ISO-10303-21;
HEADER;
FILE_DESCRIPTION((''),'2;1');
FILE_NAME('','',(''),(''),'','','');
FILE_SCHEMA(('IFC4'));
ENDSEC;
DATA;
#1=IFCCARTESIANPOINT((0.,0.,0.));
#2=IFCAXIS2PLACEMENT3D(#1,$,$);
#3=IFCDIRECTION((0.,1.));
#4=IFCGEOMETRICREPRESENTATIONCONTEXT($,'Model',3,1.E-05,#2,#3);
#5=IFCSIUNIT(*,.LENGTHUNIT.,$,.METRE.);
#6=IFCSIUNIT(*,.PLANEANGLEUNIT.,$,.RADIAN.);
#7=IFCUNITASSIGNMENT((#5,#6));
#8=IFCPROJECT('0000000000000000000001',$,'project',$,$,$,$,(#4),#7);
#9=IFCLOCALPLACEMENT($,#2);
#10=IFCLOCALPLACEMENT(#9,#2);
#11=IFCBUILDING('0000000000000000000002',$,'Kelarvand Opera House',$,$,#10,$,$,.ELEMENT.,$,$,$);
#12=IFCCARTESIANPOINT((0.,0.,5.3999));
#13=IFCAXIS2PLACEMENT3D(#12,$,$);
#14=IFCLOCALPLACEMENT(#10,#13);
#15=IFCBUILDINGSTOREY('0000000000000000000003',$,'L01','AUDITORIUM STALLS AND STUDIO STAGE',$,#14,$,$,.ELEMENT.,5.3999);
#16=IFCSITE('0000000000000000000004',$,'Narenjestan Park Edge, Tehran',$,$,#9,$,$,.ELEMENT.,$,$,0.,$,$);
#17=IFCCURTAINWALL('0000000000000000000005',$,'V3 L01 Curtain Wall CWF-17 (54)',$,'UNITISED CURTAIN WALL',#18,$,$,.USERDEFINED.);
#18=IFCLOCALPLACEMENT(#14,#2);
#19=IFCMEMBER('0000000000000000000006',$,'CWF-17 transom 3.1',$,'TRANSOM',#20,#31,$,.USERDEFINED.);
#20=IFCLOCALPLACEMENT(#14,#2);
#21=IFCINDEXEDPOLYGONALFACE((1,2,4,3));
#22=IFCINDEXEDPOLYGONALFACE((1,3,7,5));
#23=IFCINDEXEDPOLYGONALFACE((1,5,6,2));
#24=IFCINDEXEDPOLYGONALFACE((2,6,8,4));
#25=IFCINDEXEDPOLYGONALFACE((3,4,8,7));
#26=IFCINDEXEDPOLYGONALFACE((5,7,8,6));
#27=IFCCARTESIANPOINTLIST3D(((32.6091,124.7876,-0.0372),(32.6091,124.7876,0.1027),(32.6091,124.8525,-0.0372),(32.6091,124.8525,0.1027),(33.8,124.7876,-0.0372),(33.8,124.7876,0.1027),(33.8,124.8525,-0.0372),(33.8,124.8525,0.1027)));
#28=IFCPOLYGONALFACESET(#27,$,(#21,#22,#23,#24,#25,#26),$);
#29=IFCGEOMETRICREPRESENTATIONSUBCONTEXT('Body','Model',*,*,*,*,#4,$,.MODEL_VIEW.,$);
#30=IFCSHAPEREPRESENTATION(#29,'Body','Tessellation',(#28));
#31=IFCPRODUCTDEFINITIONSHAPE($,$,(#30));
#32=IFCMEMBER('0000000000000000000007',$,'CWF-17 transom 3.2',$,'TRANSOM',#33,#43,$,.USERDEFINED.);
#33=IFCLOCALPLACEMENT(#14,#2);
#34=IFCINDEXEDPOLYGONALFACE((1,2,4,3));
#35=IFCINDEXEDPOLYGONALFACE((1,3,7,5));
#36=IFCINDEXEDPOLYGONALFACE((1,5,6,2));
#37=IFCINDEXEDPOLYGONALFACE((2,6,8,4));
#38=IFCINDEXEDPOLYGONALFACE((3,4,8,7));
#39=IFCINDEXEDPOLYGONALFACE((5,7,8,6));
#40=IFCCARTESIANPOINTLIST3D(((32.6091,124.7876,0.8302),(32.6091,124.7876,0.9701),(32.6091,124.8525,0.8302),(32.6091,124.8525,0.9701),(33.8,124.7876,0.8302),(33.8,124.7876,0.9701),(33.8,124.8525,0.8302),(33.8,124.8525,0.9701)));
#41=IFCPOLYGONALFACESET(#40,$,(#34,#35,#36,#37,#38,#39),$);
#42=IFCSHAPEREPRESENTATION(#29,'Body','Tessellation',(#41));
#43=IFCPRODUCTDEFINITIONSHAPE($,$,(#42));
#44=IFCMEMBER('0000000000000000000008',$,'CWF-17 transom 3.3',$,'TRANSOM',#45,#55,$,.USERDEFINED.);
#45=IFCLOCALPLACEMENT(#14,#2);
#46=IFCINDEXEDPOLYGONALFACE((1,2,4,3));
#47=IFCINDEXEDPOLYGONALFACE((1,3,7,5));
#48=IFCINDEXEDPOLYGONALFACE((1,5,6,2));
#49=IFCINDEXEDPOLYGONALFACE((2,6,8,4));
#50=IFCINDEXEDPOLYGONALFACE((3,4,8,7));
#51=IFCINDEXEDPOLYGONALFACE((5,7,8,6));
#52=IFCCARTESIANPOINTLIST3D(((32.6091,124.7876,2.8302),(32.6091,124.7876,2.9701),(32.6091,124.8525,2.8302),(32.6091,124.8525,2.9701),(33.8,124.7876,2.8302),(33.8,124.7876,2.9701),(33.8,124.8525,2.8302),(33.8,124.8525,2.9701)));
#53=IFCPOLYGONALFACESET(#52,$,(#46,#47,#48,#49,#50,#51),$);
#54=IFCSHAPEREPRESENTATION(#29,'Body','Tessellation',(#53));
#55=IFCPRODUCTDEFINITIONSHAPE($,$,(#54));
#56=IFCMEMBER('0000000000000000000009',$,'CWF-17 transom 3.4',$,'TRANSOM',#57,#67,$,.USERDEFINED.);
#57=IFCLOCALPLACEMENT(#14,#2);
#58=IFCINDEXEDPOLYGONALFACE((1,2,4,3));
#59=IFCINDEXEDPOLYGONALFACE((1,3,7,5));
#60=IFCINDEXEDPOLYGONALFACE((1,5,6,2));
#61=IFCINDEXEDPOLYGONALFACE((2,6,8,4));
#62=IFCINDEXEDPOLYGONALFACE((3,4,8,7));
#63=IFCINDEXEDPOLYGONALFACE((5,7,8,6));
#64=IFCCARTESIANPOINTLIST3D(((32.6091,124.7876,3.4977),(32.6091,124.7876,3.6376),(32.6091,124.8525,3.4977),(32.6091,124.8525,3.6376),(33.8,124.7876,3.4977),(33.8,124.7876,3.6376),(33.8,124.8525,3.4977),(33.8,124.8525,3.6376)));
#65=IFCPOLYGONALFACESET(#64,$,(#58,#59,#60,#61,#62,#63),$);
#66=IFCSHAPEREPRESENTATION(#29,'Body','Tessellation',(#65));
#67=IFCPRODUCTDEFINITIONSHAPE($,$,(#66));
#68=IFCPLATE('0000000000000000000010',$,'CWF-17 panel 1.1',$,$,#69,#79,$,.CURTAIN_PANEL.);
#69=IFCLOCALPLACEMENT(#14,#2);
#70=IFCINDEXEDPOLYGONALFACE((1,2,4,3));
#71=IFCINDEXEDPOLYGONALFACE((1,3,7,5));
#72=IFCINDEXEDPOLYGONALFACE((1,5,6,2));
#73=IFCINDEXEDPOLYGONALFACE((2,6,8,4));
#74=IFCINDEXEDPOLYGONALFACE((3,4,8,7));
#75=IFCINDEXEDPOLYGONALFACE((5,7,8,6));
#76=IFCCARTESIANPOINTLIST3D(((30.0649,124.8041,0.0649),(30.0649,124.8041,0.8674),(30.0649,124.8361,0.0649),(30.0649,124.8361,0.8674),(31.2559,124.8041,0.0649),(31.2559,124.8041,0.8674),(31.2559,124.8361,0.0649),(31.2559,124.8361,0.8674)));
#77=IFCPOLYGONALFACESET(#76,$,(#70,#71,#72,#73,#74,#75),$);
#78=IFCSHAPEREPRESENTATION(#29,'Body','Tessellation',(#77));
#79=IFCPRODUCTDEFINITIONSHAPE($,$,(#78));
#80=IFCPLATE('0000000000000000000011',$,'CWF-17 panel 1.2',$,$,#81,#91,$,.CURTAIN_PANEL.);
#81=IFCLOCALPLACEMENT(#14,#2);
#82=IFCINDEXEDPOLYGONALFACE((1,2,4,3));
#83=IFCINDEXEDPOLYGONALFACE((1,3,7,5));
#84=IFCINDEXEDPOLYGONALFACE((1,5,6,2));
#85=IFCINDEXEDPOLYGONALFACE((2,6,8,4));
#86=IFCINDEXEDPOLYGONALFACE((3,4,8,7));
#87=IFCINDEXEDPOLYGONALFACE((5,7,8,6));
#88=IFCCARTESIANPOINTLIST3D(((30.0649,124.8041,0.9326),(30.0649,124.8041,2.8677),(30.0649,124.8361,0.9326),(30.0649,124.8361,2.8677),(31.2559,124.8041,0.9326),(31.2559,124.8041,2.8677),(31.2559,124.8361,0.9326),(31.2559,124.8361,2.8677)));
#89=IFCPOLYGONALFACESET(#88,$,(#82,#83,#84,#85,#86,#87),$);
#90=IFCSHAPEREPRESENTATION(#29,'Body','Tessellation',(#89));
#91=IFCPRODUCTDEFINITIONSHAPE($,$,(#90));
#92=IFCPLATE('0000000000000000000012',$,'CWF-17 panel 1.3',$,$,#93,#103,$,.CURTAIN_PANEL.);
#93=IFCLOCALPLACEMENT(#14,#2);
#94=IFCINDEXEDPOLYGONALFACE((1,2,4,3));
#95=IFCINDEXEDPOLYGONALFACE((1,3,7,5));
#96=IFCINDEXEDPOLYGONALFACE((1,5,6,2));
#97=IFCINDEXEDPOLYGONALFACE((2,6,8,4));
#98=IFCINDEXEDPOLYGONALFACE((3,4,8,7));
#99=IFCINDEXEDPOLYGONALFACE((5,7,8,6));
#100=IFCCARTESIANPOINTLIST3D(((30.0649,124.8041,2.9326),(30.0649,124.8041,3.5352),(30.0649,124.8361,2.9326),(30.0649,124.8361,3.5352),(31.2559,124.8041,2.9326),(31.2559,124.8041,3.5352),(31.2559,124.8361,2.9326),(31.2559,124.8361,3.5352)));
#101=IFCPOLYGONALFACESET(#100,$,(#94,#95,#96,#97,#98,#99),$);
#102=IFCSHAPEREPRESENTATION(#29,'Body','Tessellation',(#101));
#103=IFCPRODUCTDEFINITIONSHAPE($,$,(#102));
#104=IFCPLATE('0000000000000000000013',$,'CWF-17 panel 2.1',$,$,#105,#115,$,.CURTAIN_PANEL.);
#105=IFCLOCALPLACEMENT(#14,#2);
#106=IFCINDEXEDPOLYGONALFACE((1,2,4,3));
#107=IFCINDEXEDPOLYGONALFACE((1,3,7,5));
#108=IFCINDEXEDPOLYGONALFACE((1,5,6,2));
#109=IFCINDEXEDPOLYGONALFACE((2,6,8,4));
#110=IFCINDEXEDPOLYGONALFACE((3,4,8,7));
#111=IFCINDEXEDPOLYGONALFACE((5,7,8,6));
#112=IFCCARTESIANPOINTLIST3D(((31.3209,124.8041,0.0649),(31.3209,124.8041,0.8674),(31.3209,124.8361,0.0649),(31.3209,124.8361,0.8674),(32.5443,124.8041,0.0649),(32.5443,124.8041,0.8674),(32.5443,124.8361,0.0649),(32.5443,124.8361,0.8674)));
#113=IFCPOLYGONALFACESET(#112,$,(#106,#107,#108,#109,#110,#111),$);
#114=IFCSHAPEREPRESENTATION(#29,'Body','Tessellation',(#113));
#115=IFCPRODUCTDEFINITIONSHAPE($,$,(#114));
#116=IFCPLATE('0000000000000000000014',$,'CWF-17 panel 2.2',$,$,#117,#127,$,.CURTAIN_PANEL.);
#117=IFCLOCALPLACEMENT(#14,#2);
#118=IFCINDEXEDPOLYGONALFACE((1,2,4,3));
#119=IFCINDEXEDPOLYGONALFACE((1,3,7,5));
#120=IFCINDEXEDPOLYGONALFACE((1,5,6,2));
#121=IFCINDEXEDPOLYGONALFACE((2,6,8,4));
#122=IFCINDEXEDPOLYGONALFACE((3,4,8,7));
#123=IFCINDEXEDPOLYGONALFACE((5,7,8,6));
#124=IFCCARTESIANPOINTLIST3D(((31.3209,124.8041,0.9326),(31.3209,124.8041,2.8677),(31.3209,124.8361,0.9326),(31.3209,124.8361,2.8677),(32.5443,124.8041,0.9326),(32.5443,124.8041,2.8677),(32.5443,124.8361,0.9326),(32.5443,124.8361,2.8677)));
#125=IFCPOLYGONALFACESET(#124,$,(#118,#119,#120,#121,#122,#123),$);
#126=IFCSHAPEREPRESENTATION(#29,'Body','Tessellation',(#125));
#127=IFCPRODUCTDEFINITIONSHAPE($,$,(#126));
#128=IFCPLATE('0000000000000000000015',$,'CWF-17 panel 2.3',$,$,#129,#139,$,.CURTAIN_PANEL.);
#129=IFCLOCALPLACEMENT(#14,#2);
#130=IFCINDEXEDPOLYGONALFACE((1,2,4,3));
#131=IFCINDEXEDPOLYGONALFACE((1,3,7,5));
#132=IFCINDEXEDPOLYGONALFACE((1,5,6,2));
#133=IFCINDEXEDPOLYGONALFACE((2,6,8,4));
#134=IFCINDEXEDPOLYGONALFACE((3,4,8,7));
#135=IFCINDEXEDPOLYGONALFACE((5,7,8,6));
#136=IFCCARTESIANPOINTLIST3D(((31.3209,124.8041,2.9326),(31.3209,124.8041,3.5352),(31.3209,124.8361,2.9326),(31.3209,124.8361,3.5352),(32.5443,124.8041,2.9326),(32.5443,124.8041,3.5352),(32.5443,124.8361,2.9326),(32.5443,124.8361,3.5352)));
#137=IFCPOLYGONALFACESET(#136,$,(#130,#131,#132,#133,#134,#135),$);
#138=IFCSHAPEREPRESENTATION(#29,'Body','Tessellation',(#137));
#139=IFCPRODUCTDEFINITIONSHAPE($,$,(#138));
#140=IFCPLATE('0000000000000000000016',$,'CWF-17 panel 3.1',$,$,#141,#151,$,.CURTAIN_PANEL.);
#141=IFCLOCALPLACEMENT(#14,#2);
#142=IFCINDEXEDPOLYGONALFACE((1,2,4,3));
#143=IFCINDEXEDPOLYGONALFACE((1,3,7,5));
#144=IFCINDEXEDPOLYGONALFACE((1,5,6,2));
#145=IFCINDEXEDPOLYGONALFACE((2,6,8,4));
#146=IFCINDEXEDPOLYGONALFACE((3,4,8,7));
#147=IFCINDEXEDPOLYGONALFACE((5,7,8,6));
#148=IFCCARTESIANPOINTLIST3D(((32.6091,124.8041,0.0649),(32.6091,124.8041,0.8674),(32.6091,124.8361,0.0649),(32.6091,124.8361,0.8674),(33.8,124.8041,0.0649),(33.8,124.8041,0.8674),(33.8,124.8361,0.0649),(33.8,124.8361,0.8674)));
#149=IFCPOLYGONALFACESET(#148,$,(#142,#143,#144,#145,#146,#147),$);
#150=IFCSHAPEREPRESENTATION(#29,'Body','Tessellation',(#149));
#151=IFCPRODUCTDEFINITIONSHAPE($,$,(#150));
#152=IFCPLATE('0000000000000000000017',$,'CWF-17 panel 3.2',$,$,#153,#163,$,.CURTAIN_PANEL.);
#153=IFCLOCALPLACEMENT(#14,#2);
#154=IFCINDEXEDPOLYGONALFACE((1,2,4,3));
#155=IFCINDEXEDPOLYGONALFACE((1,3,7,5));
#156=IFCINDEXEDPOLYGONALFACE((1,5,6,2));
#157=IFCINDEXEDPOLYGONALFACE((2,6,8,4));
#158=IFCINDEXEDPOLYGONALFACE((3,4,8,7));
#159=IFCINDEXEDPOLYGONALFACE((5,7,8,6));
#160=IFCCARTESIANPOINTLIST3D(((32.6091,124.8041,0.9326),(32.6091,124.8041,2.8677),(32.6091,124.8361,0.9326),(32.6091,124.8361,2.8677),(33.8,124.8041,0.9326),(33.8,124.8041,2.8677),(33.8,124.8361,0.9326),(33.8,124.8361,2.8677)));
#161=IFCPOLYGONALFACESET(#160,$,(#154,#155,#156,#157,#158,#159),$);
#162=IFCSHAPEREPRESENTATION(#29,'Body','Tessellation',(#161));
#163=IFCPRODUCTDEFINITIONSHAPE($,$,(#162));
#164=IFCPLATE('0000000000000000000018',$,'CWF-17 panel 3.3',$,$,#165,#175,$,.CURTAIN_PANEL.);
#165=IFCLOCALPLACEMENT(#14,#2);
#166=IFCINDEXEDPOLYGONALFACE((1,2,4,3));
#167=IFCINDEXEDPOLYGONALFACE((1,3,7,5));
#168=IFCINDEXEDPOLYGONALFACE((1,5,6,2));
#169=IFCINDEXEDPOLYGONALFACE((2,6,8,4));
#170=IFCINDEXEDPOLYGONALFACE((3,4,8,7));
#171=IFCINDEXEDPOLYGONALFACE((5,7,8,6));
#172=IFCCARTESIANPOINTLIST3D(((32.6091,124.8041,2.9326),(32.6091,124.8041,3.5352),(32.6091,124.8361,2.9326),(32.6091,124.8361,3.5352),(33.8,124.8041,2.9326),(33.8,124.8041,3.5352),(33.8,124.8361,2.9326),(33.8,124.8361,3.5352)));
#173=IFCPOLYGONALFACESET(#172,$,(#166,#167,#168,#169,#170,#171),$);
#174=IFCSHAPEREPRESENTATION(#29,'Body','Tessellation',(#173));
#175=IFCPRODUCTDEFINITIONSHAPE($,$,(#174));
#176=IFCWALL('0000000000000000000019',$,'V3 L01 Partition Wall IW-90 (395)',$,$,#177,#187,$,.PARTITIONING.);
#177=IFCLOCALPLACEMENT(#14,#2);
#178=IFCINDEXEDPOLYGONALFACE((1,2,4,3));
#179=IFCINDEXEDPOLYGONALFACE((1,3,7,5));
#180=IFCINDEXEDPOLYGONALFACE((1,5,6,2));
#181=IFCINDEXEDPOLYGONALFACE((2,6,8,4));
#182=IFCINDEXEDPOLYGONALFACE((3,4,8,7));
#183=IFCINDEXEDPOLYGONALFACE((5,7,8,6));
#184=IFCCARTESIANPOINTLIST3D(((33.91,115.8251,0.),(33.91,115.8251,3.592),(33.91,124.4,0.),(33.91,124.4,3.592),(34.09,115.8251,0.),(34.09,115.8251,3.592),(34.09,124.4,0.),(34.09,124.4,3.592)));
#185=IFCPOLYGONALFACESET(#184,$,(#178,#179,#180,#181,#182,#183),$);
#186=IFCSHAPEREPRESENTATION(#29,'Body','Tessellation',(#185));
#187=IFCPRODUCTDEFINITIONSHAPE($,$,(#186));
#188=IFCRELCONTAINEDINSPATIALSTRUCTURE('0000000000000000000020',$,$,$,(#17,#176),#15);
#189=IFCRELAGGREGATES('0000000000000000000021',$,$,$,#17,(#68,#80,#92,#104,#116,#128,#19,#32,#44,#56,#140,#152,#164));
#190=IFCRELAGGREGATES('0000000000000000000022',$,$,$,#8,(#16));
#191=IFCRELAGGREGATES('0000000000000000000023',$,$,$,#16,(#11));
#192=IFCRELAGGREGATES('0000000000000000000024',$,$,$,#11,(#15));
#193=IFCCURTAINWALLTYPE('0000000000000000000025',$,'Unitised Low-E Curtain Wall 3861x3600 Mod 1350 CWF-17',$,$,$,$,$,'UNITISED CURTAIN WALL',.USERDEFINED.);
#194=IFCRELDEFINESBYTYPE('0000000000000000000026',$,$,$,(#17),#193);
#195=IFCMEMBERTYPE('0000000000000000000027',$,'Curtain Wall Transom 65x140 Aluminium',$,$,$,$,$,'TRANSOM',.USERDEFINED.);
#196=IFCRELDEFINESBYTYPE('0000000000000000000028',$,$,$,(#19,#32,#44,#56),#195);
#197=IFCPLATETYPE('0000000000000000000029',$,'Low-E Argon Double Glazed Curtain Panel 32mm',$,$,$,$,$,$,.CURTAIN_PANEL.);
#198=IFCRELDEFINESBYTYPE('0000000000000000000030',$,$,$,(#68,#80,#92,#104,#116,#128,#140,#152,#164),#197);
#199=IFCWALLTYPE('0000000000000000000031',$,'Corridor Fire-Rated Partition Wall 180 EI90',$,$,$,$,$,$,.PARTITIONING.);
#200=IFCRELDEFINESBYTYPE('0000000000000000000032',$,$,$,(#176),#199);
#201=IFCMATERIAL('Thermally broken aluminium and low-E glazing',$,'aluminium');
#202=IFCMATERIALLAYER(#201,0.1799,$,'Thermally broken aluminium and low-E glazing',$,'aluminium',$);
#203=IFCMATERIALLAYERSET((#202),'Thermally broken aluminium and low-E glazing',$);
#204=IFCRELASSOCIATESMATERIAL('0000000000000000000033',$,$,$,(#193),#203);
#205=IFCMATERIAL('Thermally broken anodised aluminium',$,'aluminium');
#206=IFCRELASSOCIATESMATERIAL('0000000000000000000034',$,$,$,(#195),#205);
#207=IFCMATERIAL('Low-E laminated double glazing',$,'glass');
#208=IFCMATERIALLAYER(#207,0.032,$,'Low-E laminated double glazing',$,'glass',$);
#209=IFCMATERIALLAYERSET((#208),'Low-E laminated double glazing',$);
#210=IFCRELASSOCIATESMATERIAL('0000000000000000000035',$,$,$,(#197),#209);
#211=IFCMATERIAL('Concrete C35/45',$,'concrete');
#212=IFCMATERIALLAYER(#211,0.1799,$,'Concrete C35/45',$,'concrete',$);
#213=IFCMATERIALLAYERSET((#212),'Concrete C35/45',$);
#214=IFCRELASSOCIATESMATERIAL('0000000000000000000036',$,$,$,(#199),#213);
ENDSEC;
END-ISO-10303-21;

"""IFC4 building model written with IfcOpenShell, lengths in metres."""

from ifc_helpers import new_model, si_unit, direction, frame, frame_2d, origin, origin_2d, place, context, subcontext, project, spatial, rectangle, extrude, material, layer, layer_set, material_profile, profile_set, type_object, element, aggregate, save


model = new_model("IFC4")

# Units and contexts
model_context = context("Model", 3, precision=1e-05, world=origin(), true_north=direction((0.0, 1.0)))
body_context = subcontext(model_context, "Body", "Model", "MODEL_VIEW")
ifc_project = project(units=[si_unit("LENGTHUNIT", "METRE"), si_unit("PLANEANGLEUNIT", "RADIAN")], contexts=[model_context])

# Site, building, storey
site_placement = place(None, origin())
site = spatial("IfcSite", under=ifc_project, at=site_placement, Name="Narenjestan Park Edge, Tehran", CompositionType="ELEMENT", RefElevation=0.0)
building_placement = place(site_placement, origin())
building = spatial("IfcBuilding", under=site, at=building_placement, Name="Kelarvand Opera House", CompositionType="ELEMENT")
storey_placement = place(building_placement, frame((0.0, 0.0, 5.3999)))
storey = spatial("IfcBuildingStorey", under=building, at=storey_placement, Name="L01", Description="AUDITORIUM STALLS AND STUDIO STAGE", CompositionType="ELEMENT", Elevation=5.3999)

# Shared definitions
ifc_material_1 = material(Name="Thermally broken aluminium and low-E glazing", Category="aluminium")
ifc_layer_1 = layer(ifc_material_1, 0.1799, Name="Thermally broken aluminium and low-E glazing", Category="aluminium")
ifc_layer_set_1 = layer_set([ifc_layer_1], Name="Thermally broken aluminium and low-E glazing")
curtain_wall_type = type_object("IfcCurtainWallType", Name="Unitised Low-E Curtain Wall 3861x3600 Mod 1350 CWF-17", ElementType="UNITISED CURTAIN WALL", PredefinedType="USERDEFINED", material=ifc_layer_set_1)
ifc_material_2 = material(Name="Thermally broken anodised aluminium", Category="aluminium")

# Curtain wall, members, plates
curtain_wall_1_placement = place(storey_placement, origin())
curtain_wall_1 = element("IfcCurtainWall", 1, at=curtain_wall_1_placement, inside=storey, type_object=curtain_wall_type, Name="V3 L01 Curtain Wall CWF-17 (54)", ObjectType="UNITISED CURTAIN WALL", PredefinedType="USERDEFINED")
ifc_material_profile_1 = material_profile(ifc_material_2, rectangle(XDim=0.0649, YDim=0.1399, at=origin_2d()), Name="ALU TRANSOM 65x140", Category="aluminium")
ifc_profile_set_1 = profile_set([ifc_material_profile_1], Name="Thermally broken anodised aluminium")
member_type_1 = type_object("IfcMemberType", Name="Curtain Wall Transom 65x140 Aluminium", ElementType="TRANSOM", PredefinedType="USERDEFINED", material=ifc_profile_set_1)
member_1_placement = place(storey_placement, frame((32.6091, 124.8201, 0.0327), z_axis=(1.0, 0.0, 0.0), x_axis=(0.0, 1.0, 0.0)))
member_1 = element("IfcMember", 2, at=member_1_placement, type_object=member_type_1, Name="CWF-17 transom 3.1", ObjectType="TRANSOM", PredefinedType="USERDEFINED", context=body_context, shape_type="SweptSolid", body=[
    extrude(rectangle(XDim=0.0649, YDim=0.1399, at=origin_2d()), origin(), (0.0, 0.0, 1.0), 1.1909),
])
member_2_placement = place(storey_placement, frame((32.6091, 124.8201, 0.9001), z_axis=(1.0, 0.0, 0.0), x_axis=(0.0, 1.0, 0.0)))
member_2 = element("IfcMember", 3, at=member_2_placement, type_object=member_type_1, Name="CWF-17 transom 3.2", ObjectType="TRANSOM", PredefinedType="USERDEFINED", context=body_context, shape_type="SweptSolid", body=[
    extrude(rectangle(XDim=0.0649, YDim=0.1399, at=origin_2d()), origin(), (0.0, 0.0, 1.0), 1.1909),
])
member_3_placement = place(storey_placement, frame((32.6091, 124.8201, 2.9001), z_axis=(1.0, 0.0, 0.0), x_axis=(0.0, 1.0, 0.0)))
member_3 = element("IfcMember", 4, at=member_3_placement, type_object=member_type_1, Name="CWF-17 transom 3.3", ObjectType="TRANSOM", PredefinedType="USERDEFINED", context=body_context, shape_type="SweptSolid", body=[
    extrude(rectangle(XDim=0.0649, YDim=0.1399, at=origin_2d()), origin(), (0.0, 0.0, 1.0), 1.1909),
])
member_4_placement = place(storey_placement, frame((32.6091, 124.8201, 3.5676), z_axis=(1.0, 0.0, 0.0), x_axis=(0.0, 1.0, 0.0)))
member_4 = element("IfcMember", 5, at=member_4_placement, type_object=member_type_1, Name="CWF-17 transom 3.4", ObjectType="TRANSOM", PredefinedType="USERDEFINED", context=body_context, shape_type="SweptSolid", body=[
    extrude(rectangle(XDim=0.0649, YDim=0.1399, at=origin_2d()), origin(), (0.0, 0.0, 1.0), 1.1909),
])
ifc_material_3 = material(Name="Low-E laminated double glazing", Category="glass")
ifc_layer_2 = layer(ifc_material_3, 0.032, Name="Low-E laminated double glazing", Category="glass")
ifc_layer_set_2 = layer_set([ifc_layer_2], Name="Low-E laminated double glazing")
plate_type = type_object("IfcPlateType", Name="Low-E Argon Double Glazed Curtain Panel 32mm", PredefinedType="CURTAIN_PANEL", material=ifc_layer_set_2)
plate_1_placement = place(storey_placement, frame((30.6604, 124.8201, 0.0649), z_axis=(0.0, 0.0, 1.0), x_axis=(1.0, 0.0, 0.0)))
plate_1 = element("IfcPlate", 6, at=plate_1_placement, type_object=plate_type, Name="CWF-17 panel 1.1", PredefinedType="CURTAIN_PANEL", context=body_context, shape_type="SweptSolid", body=[
    extrude(rectangle(XDim=1.1909, YDim=0.032, at=origin_2d()), origin(), (0.0, 0.0, 1.0), 0.8025),
])
plate_2_placement = place(storey_placement, frame((30.6604, 124.8201, 0.9326), z_axis=(0.0, 0.0, 1.0), x_axis=(1.0, 0.0, 0.0)))
plate_2 = element("IfcPlate", 7, at=plate_2_placement, type_object=plate_type, Name="CWF-17 panel 1.2", PredefinedType="CURTAIN_PANEL", context=body_context, shape_type="SweptSolid", body=[
    extrude(rectangle(XDim=1.1909, YDim=0.032, at=origin_2d()), origin(), (0.0, 0.0, 1.0), 1.9351),
])
plate_3_placement = place(storey_placement, frame((30.6604, 124.8201, 2.9326), z_axis=(0.0, 0.0, 1.0), x_axis=(1.0, 0.0, 0.0)))
plate_3 = element("IfcPlate", 8, at=plate_3_placement, type_object=plate_type, Name="CWF-17 panel 1.3", PredefinedType="CURTAIN_PANEL", context=body_context, shape_type="SweptSolid", body=[
    extrude(rectangle(XDim=1.1909, YDim=0.032, at=origin_2d()), origin(), (0.0, 0.0, 1.0), 0.6025),
])
plate_4_placement = place(storey_placement, frame((31.9326, 124.8201, 0.0649), z_axis=(0.0, 0.0, 1.0), x_axis=(1.0, 0.0, 0.0)))
plate_4 = element("IfcPlate", 9, at=plate_4_placement, type_object=plate_type, Name="CWF-17 panel 2.1", PredefinedType="CURTAIN_PANEL", context=body_context, shape_type="SweptSolid", body=[
    extrude(rectangle(XDim=1.2234, YDim=0.032, at=origin_2d()), origin(), (0.0, 0.0, 1.0), 0.8025),
])
plate_5_placement = place(storey_placement, frame((31.9326, 124.8201, 0.9326), z_axis=(0.0, 0.0, 1.0), x_axis=(1.0, 0.0, 0.0)))
plate_5 = element("IfcPlate", 10, at=plate_5_placement, type_object=plate_type, Name="CWF-17 panel 2.2", PredefinedType="CURTAIN_PANEL", context=body_context, shape_type="SweptSolid", body=[
    extrude(rectangle(XDim=1.2234, YDim=0.032, at=origin_2d()), origin(), (0.0, 0.0, 1.0), 1.9351),
])
plate_6_placement = place(storey_placement, frame((31.9326, 124.8201, 2.9326), z_axis=(0.0, 0.0, 1.0), x_axis=(1.0, 0.0, 0.0)))
plate_6 = element("IfcPlate", 11, at=plate_6_placement, type_object=plate_type, Name="CWF-17 panel 2.3", PredefinedType="CURTAIN_PANEL", context=body_context, shape_type="SweptSolid", body=[
    extrude(rectangle(XDim=1.2234, YDim=0.032, at=origin_2d()), origin(), (0.0, 0.0, 1.0), 0.6025),
])
plate_7_placement = place(storey_placement, frame((33.2046, 124.8201, 0.0649), z_axis=(0.0, 0.0, 1.0), x_axis=(1.0, 0.0, 0.0)))
plate_7 = element("IfcPlate", 12, at=plate_7_placement, type_object=plate_type, Name="CWF-17 panel 3.1", PredefinedType="CURTAIN_PANEL", context=body_context, shape_type="SweptSolid", body=[
    extrude(rectangle(XDim=1.1909, YDim=0.032, at=origin_2d()), origin(), (0.0, 0.0, 1.0), 0.8025),
])
plate_8_placement = place(storey_placement, frame((33.2046, 124.8201, 0.9326), z_axis=(0.0, 0.0, 1.0), x_axis=(1.0, 0.0, 0.0)))
plate_8 = element("IfcPlate", 13, at=plate_8_placement, type_object=plate_type, Name="CWF-17 panel 3.2", PredefinedType="CURTAIN_PANEL", context=body_context, shape_type="SweptSolid", body=[
    extrude(rectangle(XDim=1.1909, YDim=0.032, at=origin_2d()), origin(), (0.0, 0.0, 1.0), 1.9351),
])
plate_9_placement = place(storey_placement, frame((33.2046, 124.8201, 2.9326), z_axis=(0.0, 0.0, 1.0), x_axis=(1.0, 0.0, 0.0)))
plate_9 = element("IfcPlate", 14, at=plate_9_placement, type_object=plate_type, Name="CWF-17 panel 3.3", PredefinedType="CURTAIN_PANEL", context=body_context, shape_type="SweptSolid", body=[
    extrude(rectangle(XDim=1.1909, YDim=0.032, at=origin_2d()), origin(), (0.0, 0.0, 1.0), 0.6025),
])
aggregate(curtain_wall_1, [plate_1, plate_2, plate_3, plate_4, plate_5, plate_6, member_1, member_2, member_3, member_4, plate_7, plate_8, plate_9])

# Wall
ifc_material_4 = material(Name="Concrete C35/45", Category="concrete")
ifc_layer_3 = layer(ifc_material_4, 0.1799, Name="Concrete C35/45", Category="concrete")
ifc_layer_set_3 = layer_set([ifc_layer_3], Name="Concrete C35/45")
wall_type = type_object("IfcWallType", Name="Corridor Fire-Rated Partition Wall 180 EI90", PredefinedType="PARTITIONING", material=ifc_layer_set_3)
wall_placement = place(storey_placement, frame((34.0, 115.825, 0.0), z_axis=(0.0, 0.0, 1.0), x_axis=(0.0, 1.0, 0.0)))
element("IfcWall", 15, at=wall_placement, inside=storey, type_object=wall_type, Name="V3 L01 Partition Wall IW-90 (395)", PredefinedType="PARTITIONING", context=body_context, shape_type="SweptSolid", body=[
    extrude(rectangle(XDim=8.575, YDim=0.1799, at=frame_2d((4.2876, 0.0))), origin(), (0.0, 0.0, 1.0), 3.592),
])

save(model, "model.ifc")
